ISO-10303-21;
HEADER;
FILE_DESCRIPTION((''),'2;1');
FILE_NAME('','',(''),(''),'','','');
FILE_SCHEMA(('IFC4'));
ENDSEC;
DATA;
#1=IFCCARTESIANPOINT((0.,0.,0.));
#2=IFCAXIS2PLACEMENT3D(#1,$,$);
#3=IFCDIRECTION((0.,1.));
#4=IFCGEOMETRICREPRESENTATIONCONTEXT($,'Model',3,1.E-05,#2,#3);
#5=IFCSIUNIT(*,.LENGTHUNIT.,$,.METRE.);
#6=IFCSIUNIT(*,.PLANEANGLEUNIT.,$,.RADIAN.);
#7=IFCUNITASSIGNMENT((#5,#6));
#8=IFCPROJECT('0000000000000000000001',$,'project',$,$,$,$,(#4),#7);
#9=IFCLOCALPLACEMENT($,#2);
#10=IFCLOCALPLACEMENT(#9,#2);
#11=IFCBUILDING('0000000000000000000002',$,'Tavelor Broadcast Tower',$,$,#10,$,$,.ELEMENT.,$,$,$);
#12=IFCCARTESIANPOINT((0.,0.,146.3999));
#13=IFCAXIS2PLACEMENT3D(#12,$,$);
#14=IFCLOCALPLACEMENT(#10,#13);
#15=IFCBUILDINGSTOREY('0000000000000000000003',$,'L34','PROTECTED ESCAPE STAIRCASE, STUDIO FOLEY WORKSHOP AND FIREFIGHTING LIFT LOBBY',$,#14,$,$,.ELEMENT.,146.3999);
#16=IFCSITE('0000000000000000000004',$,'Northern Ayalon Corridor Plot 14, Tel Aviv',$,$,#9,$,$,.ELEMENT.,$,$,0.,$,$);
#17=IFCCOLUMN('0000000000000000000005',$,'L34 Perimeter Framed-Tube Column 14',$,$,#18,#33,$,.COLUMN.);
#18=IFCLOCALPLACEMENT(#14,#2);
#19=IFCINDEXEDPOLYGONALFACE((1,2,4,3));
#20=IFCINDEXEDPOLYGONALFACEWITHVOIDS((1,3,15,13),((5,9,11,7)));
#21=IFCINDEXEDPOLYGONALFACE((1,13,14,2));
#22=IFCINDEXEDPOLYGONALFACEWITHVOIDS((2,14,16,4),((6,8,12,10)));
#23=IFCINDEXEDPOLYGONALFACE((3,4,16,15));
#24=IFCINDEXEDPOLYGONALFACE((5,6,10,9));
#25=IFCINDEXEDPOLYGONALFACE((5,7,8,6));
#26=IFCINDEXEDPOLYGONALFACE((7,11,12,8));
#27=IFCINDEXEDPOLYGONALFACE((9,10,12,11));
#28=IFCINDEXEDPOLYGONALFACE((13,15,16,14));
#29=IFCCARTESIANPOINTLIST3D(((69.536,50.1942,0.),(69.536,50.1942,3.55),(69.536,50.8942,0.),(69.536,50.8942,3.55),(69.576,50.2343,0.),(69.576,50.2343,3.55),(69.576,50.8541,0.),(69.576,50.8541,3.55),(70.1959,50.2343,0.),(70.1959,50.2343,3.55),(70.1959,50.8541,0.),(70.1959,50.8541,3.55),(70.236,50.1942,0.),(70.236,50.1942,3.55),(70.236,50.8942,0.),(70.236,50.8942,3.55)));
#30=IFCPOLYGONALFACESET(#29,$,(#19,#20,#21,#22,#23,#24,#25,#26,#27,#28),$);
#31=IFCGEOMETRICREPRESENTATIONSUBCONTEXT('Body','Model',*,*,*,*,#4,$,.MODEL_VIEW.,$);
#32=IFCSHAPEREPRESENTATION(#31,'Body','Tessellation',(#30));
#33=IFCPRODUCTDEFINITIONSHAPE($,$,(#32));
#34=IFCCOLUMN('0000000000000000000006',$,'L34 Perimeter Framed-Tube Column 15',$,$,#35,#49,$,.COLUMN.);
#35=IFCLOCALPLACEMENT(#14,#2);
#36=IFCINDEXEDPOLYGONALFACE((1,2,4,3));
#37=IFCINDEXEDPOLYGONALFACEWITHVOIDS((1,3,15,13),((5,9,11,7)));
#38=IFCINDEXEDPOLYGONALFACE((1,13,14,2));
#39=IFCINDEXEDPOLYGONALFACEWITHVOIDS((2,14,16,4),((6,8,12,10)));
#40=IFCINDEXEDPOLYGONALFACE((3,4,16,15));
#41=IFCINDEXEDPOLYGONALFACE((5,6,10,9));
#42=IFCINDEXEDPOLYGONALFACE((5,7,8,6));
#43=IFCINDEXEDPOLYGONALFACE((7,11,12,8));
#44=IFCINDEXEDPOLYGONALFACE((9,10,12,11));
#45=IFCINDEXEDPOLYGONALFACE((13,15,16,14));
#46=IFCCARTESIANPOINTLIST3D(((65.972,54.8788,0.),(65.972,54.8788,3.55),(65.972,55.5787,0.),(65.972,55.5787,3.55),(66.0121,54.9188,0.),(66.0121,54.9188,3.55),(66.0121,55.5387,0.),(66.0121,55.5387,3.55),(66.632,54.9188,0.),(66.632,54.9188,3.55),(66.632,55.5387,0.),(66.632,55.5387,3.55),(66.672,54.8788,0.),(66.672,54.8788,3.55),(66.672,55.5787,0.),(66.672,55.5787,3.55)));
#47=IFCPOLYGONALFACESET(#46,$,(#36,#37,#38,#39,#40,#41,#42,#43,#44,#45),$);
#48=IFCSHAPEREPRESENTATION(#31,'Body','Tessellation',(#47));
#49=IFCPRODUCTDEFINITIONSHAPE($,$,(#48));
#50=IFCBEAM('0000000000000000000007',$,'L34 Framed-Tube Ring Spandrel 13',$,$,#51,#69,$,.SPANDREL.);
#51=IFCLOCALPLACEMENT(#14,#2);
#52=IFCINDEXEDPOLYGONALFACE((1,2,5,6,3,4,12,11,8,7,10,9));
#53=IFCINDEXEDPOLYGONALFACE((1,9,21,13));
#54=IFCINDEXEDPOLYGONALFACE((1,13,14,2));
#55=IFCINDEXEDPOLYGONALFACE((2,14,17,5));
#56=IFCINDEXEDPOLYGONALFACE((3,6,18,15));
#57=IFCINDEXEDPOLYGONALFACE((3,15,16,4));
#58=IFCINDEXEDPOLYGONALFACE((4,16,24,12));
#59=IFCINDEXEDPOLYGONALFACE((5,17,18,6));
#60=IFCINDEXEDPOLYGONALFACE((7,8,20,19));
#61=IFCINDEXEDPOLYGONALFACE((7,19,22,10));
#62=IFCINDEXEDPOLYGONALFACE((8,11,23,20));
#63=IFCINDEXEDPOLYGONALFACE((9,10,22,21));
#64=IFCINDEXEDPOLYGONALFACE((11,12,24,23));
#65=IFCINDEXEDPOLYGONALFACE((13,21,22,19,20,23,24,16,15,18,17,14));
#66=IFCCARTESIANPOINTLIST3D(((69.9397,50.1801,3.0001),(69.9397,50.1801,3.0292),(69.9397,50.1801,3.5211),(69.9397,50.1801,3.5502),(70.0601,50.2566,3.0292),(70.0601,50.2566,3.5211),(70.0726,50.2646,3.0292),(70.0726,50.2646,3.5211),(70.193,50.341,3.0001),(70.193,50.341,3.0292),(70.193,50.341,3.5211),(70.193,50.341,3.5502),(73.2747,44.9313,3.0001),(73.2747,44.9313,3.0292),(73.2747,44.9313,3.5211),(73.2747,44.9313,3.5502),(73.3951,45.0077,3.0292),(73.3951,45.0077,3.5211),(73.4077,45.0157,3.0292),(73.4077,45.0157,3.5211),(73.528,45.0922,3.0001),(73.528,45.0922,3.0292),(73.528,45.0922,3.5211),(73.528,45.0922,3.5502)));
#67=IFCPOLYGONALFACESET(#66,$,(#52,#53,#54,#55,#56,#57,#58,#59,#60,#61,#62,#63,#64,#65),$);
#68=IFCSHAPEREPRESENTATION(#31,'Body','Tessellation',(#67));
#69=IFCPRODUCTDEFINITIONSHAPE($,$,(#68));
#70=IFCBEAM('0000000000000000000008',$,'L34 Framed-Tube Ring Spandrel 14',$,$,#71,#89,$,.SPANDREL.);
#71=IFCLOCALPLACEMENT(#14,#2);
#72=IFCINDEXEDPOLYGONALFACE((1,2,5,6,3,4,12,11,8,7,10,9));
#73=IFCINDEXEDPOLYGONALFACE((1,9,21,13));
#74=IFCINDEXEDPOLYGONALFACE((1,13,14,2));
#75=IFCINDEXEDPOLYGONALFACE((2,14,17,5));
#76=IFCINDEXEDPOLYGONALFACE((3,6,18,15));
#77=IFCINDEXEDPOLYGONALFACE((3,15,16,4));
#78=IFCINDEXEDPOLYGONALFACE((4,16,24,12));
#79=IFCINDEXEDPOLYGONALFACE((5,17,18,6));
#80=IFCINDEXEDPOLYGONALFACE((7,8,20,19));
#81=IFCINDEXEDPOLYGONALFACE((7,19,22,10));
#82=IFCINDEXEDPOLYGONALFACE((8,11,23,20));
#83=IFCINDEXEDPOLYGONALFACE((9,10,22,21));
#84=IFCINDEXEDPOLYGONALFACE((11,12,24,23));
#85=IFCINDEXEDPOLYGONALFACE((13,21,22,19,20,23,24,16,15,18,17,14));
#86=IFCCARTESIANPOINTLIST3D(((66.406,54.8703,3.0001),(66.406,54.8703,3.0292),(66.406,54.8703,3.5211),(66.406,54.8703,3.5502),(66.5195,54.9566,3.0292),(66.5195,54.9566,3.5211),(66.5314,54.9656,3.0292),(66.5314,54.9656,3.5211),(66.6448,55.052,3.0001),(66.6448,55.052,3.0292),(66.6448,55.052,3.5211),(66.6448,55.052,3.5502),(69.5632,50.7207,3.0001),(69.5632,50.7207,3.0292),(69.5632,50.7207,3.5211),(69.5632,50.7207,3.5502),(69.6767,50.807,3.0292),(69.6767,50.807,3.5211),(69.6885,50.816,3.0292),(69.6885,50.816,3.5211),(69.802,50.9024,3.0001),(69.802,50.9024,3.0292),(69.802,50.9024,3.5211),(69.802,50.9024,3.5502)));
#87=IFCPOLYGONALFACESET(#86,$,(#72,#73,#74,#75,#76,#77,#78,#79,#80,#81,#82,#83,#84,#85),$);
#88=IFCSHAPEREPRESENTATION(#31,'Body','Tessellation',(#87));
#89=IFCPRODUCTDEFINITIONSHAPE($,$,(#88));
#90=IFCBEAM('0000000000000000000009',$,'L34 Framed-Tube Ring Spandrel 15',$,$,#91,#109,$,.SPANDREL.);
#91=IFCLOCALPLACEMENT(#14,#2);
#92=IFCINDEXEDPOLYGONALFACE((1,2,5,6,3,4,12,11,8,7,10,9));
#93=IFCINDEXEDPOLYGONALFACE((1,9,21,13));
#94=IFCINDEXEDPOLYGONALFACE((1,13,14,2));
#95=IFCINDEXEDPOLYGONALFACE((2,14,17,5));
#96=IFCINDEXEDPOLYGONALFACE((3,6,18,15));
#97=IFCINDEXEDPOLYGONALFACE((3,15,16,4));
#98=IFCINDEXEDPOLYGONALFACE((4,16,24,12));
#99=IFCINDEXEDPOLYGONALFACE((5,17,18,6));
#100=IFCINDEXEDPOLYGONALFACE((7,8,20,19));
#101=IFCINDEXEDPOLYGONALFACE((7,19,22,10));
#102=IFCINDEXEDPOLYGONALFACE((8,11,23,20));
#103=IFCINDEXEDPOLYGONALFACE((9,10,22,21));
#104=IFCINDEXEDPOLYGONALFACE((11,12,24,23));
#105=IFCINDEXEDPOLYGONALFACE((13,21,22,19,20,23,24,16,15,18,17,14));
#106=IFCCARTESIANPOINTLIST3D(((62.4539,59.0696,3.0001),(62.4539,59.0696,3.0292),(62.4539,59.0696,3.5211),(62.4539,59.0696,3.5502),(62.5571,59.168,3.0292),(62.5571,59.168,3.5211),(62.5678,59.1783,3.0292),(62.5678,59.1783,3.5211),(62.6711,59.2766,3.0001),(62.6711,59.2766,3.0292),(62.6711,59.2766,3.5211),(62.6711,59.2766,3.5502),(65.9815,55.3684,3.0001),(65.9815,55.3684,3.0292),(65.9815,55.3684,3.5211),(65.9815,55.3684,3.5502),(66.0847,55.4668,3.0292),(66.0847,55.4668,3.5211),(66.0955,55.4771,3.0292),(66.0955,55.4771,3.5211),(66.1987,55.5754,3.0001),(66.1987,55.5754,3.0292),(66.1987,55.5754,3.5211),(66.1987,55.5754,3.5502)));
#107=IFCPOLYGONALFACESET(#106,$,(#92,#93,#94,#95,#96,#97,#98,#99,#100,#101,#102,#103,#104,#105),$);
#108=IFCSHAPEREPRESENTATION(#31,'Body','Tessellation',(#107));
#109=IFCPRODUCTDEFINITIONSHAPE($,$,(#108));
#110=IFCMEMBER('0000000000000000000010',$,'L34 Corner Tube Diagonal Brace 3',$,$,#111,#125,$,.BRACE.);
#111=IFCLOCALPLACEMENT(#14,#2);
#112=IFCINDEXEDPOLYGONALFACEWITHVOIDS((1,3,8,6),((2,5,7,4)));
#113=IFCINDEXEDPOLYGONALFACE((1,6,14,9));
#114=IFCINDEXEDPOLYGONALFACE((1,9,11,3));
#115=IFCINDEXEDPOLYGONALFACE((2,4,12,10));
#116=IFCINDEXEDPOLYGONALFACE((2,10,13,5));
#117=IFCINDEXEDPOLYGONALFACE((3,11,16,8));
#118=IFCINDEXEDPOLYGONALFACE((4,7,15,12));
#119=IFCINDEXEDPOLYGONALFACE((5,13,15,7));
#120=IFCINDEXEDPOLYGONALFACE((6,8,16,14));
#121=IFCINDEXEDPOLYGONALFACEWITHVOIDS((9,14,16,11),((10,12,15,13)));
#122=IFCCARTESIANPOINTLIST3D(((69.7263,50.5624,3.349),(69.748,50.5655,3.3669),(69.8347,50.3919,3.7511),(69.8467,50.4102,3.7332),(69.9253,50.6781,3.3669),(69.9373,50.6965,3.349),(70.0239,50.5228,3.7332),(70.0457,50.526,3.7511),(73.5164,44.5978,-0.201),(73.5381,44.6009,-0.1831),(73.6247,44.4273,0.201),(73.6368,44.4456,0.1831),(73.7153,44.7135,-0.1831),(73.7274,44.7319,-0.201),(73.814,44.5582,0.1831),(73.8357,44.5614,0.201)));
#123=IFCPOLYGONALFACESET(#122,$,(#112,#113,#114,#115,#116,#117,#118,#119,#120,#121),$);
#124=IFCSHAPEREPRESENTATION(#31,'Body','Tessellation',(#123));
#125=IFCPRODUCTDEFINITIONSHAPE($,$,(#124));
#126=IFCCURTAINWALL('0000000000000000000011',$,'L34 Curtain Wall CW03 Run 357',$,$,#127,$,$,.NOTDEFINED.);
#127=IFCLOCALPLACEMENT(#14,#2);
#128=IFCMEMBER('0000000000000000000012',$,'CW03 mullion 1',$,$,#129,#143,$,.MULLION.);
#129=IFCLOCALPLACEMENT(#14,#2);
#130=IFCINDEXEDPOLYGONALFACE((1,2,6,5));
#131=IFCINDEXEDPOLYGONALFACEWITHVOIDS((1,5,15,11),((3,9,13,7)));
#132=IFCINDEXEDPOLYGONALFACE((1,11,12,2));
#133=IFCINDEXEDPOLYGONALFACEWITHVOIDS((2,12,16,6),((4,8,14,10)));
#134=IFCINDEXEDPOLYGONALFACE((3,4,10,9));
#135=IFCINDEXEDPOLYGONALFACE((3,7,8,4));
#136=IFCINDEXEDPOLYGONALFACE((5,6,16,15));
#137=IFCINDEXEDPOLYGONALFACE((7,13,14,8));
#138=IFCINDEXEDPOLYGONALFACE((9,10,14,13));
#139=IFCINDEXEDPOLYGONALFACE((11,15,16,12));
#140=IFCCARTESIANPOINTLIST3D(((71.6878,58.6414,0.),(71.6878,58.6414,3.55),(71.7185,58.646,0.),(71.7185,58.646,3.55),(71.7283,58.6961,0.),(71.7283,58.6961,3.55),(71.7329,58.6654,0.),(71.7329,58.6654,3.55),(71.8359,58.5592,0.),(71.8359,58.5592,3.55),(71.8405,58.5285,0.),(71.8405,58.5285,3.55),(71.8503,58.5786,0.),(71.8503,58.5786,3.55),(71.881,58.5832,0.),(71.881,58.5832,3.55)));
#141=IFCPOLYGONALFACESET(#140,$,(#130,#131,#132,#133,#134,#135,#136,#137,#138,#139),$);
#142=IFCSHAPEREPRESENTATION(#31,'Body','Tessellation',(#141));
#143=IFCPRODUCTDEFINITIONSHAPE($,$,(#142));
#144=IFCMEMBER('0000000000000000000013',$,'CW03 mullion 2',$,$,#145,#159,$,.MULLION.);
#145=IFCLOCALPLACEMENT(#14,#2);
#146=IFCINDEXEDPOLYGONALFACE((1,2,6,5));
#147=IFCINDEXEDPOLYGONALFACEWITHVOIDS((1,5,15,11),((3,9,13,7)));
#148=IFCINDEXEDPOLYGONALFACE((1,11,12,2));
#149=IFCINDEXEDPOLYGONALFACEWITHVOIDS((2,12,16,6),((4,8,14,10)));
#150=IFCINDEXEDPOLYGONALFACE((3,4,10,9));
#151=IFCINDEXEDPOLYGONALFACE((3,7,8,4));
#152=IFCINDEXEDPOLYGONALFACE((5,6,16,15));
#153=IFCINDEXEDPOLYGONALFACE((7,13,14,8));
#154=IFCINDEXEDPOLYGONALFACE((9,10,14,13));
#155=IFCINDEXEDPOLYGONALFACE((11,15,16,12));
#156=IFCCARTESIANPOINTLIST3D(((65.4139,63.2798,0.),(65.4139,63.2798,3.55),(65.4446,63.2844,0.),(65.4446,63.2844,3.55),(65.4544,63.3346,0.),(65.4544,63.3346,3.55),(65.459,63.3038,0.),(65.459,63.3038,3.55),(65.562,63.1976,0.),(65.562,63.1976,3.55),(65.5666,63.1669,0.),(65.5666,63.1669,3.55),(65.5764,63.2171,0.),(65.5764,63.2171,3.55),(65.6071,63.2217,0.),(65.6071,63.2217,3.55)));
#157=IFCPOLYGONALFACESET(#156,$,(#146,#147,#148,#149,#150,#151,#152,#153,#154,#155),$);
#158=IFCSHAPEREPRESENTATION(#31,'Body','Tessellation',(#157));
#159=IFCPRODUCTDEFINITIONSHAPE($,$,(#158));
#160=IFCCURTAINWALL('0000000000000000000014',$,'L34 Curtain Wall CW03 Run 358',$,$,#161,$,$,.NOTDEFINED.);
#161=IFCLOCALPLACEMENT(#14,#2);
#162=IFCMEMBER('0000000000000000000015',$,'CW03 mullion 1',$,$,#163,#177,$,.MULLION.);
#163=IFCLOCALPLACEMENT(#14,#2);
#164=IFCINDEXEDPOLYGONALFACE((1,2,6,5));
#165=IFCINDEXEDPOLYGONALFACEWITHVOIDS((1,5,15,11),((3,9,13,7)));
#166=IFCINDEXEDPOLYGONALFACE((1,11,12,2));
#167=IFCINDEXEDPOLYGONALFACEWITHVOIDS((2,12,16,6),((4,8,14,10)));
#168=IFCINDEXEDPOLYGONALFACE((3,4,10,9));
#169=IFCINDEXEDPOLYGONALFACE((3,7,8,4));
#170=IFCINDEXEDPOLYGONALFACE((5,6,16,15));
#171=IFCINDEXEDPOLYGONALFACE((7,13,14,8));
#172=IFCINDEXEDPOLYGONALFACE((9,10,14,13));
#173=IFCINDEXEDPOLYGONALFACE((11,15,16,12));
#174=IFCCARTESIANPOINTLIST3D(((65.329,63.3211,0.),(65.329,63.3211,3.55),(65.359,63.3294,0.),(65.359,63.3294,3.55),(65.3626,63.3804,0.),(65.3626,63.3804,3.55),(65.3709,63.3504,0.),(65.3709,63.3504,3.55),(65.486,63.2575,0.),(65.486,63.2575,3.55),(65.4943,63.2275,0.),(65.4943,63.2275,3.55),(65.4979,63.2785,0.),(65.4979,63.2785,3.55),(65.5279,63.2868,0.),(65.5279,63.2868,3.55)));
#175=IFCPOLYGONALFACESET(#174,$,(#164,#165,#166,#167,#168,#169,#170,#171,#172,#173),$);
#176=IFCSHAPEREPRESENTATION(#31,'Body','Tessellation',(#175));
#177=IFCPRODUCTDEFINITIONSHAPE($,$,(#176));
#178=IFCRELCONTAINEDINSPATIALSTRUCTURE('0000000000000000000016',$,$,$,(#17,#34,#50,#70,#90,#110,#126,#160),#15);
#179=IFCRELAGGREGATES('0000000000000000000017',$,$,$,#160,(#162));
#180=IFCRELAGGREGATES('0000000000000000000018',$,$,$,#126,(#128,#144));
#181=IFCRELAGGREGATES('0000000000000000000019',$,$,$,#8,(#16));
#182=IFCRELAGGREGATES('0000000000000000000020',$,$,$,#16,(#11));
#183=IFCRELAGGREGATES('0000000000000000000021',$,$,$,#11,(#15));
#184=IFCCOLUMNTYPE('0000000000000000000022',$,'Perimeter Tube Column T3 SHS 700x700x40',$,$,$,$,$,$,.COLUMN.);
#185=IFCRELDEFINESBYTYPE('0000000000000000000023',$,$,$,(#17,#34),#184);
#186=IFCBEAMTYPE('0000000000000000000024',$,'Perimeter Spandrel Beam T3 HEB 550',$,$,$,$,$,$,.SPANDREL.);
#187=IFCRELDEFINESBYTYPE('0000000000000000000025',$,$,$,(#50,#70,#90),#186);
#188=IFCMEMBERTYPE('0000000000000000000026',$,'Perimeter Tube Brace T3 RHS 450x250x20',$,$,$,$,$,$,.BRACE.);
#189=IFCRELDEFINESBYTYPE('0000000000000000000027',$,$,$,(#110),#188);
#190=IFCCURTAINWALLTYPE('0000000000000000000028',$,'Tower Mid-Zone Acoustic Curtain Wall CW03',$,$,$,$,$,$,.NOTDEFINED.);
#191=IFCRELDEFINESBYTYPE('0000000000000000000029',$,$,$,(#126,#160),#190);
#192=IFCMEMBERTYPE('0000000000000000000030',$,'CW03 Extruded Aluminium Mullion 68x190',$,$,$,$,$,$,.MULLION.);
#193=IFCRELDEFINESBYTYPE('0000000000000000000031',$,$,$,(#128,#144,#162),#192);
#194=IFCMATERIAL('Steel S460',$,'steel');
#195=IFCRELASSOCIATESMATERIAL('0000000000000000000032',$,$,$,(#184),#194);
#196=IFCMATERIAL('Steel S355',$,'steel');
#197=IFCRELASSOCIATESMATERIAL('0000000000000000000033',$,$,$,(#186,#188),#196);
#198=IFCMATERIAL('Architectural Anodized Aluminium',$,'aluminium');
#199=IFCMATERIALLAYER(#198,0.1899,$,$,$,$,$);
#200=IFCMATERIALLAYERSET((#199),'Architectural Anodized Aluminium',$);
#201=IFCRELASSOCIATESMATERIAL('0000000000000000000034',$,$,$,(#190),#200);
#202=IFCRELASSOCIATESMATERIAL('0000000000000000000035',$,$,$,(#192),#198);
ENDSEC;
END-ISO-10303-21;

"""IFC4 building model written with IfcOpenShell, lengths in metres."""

from ifc_helpers import new_model, si_unit, direction, frame, origin, origin_2d, place, context, subcontext, project, spatial, hollow_rectangle, i_section, extrude, source, transform, mapped, material, layer, layer_set, material_profile, profile_set, type_object, type_shapes, element, aggregate, save


model = new_model("IFC4")

# Units and contexts
model_context = context("Model", 3, precision=1e-05, world=origin(), true_north=direction((0.0, 1.0)))
body_context = subcontext(model_context, "Body", "Model", "MODEL_VIEW")
ifc_project = project(units=[si_unit("LENGTHUNIT", "METRE"), si_unit("PLANEANGLEUNIT", "RADIAN")], contexts=[model_context])

# Site, building, storey
site_placement = place(None, origin())
site = spatial("IfcSite", under=ifc_project, at=site_placement, Name="Northern Ayalon Corridor Plot 14, Tel Aviv", CompositionType="ELEMENT", RefElevation=0.0)
building_placement = place(site_placement, origin())
building = spatial("IfcBuilding", under=site, at=building_placement, Name="Tavelor Broadcast Tower", CompositionType="ELEMENT")
storey_placement = place(building_placement, frame((0.0, 0.0, 146.3999)))
storey = spatial("IfcBuildingStorey", under=building, at=storey_placement, Name="L34", Description="PROTECTED ESCAPE STAIRCASE, STUDIO FOLEY WORKSHOP AND FIREFIGHTING LIFT LOBBY", CompositionType="ELEMENT", Elevation=146.3999)

# Columns
ifc_material_1 = material(Name="Steel S460", Category="steel")
ifc_material_profile_1 = material_profile(ifc_material_1, hollow_rectangle(XDim=0.7, YDim=0.7, WallThickness=0.04, at=origin_2d()), Name="SHS 700x700x40")
ifc_profile_set_1 = profile_set([ifc_material_profile_1], Name="Steel S460")
column_type = type_object("IfcColumnType", Name="Perimeter Tube Column T3 SHS 700x700x40", PredefinedType="COLUMN", material=ifc_profile_set_1)
for number, where, z_axis, x_axis, name in (
    (1, (69.886, 50.5442, 0.0), (0.0, 0.0, 1.0), (1.0, 0.0, 0.0), "L34 Perimeter Framed-Tube Column 14"),
    (2, (66.322, 55.2288, 0.0), (0.0, 0.0, 1.0), (1.0, 0.0, 0.0), "L34 Perimeter Framed-Tube Column 15"),
):
    element("IfcColumn", number, at=place(storey_placement, frame(where, z_axis=z_axis, x_axis=x_axis)), inside=storey, type_object=column_type, Name=name, PredefinedType="COLUMN", context=body_context, shape_type="SweptSolid", body=[
        extrude(hollow_rectangle(XDim=0.7, YDim=0.7, WallThickness=0.04, at=origin_2d()), origin(), (0.0, 0.0, 1.0), 3.55),
    ])

# Beams
ifc_material_2 = material(Name="Steel S355", Category="steel")
ifc_material_profile_2 = material_profile(ifc_material_2, i_section(OverallWidth=0.3, OverallDepth=0.55, WebThickness=0.0149, FlangeThickness=0.0291, at=origin_2d()), Name="HEB 550")
ifc_profile_set_2 = profile_set([ifc_material_profile_2], Name="Steel S355")
beam_type = type_object("IfcBeamType", Name="Perimeter Spandrel Beam T3 HEB 550", PredefinedType="SPANDREL", material=ifc_profile_set_2)
beam_1_placement = place(storey_placement, frame((73.4014, 45.0117, 3.2751), z_axis=(-0.536283, 0.844038, 0.0), x_axis=(-0.844038, -0.536283, 0.0)))
element("IfcBeam", 3, at=beam_1_placement, inside=storey, type_object=beam_type, Name="L34 Framed-Tube Ring Spandrel 13", PredefinedType="SPANDREL", context=body_context, shape_type="SweptSolid", body=[
    extrude(i_section(OverallWidth=0.3, OverallDepth=0.55, WebThickness=0.0149, FlangeThickness=0.0291, at=origin_2d()), origin(), (0.0, 0.0, 1.0), 6.2188),
])
beam_2_placement = place(storey_placement, frame((69.6826, 50.8115, 3.2751), z_axis=(-0.605507, 0.79584, 0.0), x_axis=(-0.79584, -0.605507, 0.0)))
element("IfcBeam", 4, at=beam_2_placement, inside=storey, type_object=beam_type, Name="L34 Framed-Tube Ring Spandrel 14", PredefinedType="SPANDREL", context=body_context, shape_type="SweptSolid", body=[
    extrude(i_section(OverallWidth=0.3, OverallDepth=0.55, WebThickness=0.0149, FlangeThickness=0.0291, at=origin_2d()), origin(), (0.0, 0.0, 1.0), 5.2141),
])
beam_3_placement = place(storey_placement, frame((66.0901, 55.4719, 3.2751), z_axis=(-0.689928, 0.723878, 0.0), x_axis=(-0.723878, -0.689928, 0.0)))
element("IfcBeam", 5, at=beam_3_placement, inside=storey, type_object=beam_type, Name="L34 Framed-Tube Ring Spandrel 15", PredefinedType="SPANDREL", context=body_context, shape_type="SweptSolid", body=[
    extrude(i_section(OverallWidth=0.3, OverallDepth=0.55, WebThickness=0.0149, FlangeThickness=0.0291, at=origin_2d()), origin(), (0.0, 0.0, 1.0), 5.113),
])

# Member
ifc_material_profile_3 = material_profile(ifc_material_2, hollow_rectangle(XDim=0.25, YDim=0.45, WallThickness=0.02, at=origin_2d()), Name="RHS 450x250x20")
ifc_profile_set_3 = profile_set([ifc_material_profile_3], Name="Steel S355")
member_type_1 = type_object("IfcMemberType", Name="Perimeter Tube Brace T3 RHS 450x250x20", PredefinedType="BRACE", material=ifc_profile_set_3)
member_1_placement = place(storey_placement, frame((73.676, 44.5796, 0.0), z_axis=(-0.479239, 0.754205, 0.448893), x_axis=(-0.844021, -0.53631, 0.0)))
element("IfcMember", 6, at=member_1_placement, inside=storey, type_object=member_type_1, Name="L34 Corner Tube Diagonal Brace 3", PredefinedType="BRACE", context=body_context, shape_type="SweptSolid", body=[
    extrude(hollow_rectangle(XDim=0.25, YDim=0.45, WallThickness=0.02, at=origin_2d()), origin(), (0.0, 0.0, 1.0), 7.9084),
])

# Curtain wall, members
ifc_material_3 = material(Name="Architectural Anodized Aluminium", Category="aluminium")
ifc_layer_1 = layer(ifc_material_3, 0.1899)
ifc_layer_set_1 = layer_set([ifc_layer_1], Name="Architectural Anodized Aluminium")
curtain_wall_type = type_object("IfcCurtainWallType", Name="Tower Mid-Zone Acoustic Curtain Wall CW03", PredefinedType="NOTDEFINED", material=ifc_layer_set_1)
curtain_wall_1_placement = place(storey_placement, origin())
curtain_wall_1 = element("IfcCurtainWall", 7, at=curtain_wall_1_placement, inside=storey, type_object=curtain_wall_type, Name="L34 Curtain Wall CW03 Run 357", PredefinedType="NOTDEFINED")
ifc_material_profile_4 = material_profile(ifc_material_3, hollow_rectangle(XDim=0.0681, YDim=0.1899, WallThickness=0.022, at=origin_2d()), Name="RHS 68x190x22")
ifc_profile_set_4 = profile_set([ifc_material_profile_4], Name="Architectural Anodized Aluminium")
member_type_2 = type_object("IfcMemberType", Name="CW03 Extruded Aluminium Mullion 68x190", PredefinedType="MULLION", material=ifc_profile_set_4)
shared_shape_1 = source(origin(), body_context, "Body", "SweptSolid", [
    extrude(hollow_rectangle(XDim=0.0681, YDim=0.1899, WallThickness=0.022, at=origin_2d()), origin(), (0.0, 0.0, 1.0), 3.55),
])
type_shapes(member_type_2, [shared_shape_1])
member_2_placement = place(storey_placement, frame((71.7844, 58.6123, 0.0), z_axis=(0.0, 0.0, 1.0), x_axis=(-0.594485, -0.804107, 0.0)))
member_2 = element("IfcMember", 8, at=member_2_placement, type_object=member_type_2, Name="CW03 mullion 1", PredefinedType="MULLION", context=body_context, shape_type="MappedRepresentation", body=[
    mapped(shared_shape_1, transform((0.0, 0.0, 0.0), scale=1.0)),
])
member_3_placement = place(storey_placement, frame((65.5105, 63.2507, 0.0), z_axis=(0.0, 0.0, 1.0), x_axis=(-0.594485, -0.804107, 0.0)))
member_3 = element("IfcMember", 9, at=member_3_placement, type_object=member_type_2, Name="CW03 mullion 2", PredefinedType="MULLION", context=body_context, shape_type="MappedRepresentation", body=[
    mapped(shared_shape_1, transform((0.0, 0.0, 0.0), scale=1.0)),
])

# Curtain wall, member
curtain_wall_2_placement = place(storey_placement, origin())
curtain_wall_2 = element("IfcCurtainWall", 10, at=curtain_wall_2_placement, inside=storey, type_object=curtain_wall_type, Name="L34 Curtain Wall CW03 Run 358", PredefinedType="NOTDEFINED")
member_4_placement = place(storey_placement, frame((65.4285, 63.304, 0.0), z_axis=(0.0, 0.0, 1.0), x_axis=(-0.492787, -0.87015, 0.0)))
member_4 = element("IfcMember", 11, at=member_4_placement, type_object=member_type_2, Name="CW03 mullion 1", PredefinedType="MULLION", context=body_context, shape_type="MappedRepresentation", body=[
    mapped(shared_shape_1, transform((0.0, 0.0, 0.0), scale=1.0)),
])
aggregate(curtain_wall_2, [member_4])

aggregate(curtain_wall_1, [member_2, member_3])

save(model, "model.ifc")
